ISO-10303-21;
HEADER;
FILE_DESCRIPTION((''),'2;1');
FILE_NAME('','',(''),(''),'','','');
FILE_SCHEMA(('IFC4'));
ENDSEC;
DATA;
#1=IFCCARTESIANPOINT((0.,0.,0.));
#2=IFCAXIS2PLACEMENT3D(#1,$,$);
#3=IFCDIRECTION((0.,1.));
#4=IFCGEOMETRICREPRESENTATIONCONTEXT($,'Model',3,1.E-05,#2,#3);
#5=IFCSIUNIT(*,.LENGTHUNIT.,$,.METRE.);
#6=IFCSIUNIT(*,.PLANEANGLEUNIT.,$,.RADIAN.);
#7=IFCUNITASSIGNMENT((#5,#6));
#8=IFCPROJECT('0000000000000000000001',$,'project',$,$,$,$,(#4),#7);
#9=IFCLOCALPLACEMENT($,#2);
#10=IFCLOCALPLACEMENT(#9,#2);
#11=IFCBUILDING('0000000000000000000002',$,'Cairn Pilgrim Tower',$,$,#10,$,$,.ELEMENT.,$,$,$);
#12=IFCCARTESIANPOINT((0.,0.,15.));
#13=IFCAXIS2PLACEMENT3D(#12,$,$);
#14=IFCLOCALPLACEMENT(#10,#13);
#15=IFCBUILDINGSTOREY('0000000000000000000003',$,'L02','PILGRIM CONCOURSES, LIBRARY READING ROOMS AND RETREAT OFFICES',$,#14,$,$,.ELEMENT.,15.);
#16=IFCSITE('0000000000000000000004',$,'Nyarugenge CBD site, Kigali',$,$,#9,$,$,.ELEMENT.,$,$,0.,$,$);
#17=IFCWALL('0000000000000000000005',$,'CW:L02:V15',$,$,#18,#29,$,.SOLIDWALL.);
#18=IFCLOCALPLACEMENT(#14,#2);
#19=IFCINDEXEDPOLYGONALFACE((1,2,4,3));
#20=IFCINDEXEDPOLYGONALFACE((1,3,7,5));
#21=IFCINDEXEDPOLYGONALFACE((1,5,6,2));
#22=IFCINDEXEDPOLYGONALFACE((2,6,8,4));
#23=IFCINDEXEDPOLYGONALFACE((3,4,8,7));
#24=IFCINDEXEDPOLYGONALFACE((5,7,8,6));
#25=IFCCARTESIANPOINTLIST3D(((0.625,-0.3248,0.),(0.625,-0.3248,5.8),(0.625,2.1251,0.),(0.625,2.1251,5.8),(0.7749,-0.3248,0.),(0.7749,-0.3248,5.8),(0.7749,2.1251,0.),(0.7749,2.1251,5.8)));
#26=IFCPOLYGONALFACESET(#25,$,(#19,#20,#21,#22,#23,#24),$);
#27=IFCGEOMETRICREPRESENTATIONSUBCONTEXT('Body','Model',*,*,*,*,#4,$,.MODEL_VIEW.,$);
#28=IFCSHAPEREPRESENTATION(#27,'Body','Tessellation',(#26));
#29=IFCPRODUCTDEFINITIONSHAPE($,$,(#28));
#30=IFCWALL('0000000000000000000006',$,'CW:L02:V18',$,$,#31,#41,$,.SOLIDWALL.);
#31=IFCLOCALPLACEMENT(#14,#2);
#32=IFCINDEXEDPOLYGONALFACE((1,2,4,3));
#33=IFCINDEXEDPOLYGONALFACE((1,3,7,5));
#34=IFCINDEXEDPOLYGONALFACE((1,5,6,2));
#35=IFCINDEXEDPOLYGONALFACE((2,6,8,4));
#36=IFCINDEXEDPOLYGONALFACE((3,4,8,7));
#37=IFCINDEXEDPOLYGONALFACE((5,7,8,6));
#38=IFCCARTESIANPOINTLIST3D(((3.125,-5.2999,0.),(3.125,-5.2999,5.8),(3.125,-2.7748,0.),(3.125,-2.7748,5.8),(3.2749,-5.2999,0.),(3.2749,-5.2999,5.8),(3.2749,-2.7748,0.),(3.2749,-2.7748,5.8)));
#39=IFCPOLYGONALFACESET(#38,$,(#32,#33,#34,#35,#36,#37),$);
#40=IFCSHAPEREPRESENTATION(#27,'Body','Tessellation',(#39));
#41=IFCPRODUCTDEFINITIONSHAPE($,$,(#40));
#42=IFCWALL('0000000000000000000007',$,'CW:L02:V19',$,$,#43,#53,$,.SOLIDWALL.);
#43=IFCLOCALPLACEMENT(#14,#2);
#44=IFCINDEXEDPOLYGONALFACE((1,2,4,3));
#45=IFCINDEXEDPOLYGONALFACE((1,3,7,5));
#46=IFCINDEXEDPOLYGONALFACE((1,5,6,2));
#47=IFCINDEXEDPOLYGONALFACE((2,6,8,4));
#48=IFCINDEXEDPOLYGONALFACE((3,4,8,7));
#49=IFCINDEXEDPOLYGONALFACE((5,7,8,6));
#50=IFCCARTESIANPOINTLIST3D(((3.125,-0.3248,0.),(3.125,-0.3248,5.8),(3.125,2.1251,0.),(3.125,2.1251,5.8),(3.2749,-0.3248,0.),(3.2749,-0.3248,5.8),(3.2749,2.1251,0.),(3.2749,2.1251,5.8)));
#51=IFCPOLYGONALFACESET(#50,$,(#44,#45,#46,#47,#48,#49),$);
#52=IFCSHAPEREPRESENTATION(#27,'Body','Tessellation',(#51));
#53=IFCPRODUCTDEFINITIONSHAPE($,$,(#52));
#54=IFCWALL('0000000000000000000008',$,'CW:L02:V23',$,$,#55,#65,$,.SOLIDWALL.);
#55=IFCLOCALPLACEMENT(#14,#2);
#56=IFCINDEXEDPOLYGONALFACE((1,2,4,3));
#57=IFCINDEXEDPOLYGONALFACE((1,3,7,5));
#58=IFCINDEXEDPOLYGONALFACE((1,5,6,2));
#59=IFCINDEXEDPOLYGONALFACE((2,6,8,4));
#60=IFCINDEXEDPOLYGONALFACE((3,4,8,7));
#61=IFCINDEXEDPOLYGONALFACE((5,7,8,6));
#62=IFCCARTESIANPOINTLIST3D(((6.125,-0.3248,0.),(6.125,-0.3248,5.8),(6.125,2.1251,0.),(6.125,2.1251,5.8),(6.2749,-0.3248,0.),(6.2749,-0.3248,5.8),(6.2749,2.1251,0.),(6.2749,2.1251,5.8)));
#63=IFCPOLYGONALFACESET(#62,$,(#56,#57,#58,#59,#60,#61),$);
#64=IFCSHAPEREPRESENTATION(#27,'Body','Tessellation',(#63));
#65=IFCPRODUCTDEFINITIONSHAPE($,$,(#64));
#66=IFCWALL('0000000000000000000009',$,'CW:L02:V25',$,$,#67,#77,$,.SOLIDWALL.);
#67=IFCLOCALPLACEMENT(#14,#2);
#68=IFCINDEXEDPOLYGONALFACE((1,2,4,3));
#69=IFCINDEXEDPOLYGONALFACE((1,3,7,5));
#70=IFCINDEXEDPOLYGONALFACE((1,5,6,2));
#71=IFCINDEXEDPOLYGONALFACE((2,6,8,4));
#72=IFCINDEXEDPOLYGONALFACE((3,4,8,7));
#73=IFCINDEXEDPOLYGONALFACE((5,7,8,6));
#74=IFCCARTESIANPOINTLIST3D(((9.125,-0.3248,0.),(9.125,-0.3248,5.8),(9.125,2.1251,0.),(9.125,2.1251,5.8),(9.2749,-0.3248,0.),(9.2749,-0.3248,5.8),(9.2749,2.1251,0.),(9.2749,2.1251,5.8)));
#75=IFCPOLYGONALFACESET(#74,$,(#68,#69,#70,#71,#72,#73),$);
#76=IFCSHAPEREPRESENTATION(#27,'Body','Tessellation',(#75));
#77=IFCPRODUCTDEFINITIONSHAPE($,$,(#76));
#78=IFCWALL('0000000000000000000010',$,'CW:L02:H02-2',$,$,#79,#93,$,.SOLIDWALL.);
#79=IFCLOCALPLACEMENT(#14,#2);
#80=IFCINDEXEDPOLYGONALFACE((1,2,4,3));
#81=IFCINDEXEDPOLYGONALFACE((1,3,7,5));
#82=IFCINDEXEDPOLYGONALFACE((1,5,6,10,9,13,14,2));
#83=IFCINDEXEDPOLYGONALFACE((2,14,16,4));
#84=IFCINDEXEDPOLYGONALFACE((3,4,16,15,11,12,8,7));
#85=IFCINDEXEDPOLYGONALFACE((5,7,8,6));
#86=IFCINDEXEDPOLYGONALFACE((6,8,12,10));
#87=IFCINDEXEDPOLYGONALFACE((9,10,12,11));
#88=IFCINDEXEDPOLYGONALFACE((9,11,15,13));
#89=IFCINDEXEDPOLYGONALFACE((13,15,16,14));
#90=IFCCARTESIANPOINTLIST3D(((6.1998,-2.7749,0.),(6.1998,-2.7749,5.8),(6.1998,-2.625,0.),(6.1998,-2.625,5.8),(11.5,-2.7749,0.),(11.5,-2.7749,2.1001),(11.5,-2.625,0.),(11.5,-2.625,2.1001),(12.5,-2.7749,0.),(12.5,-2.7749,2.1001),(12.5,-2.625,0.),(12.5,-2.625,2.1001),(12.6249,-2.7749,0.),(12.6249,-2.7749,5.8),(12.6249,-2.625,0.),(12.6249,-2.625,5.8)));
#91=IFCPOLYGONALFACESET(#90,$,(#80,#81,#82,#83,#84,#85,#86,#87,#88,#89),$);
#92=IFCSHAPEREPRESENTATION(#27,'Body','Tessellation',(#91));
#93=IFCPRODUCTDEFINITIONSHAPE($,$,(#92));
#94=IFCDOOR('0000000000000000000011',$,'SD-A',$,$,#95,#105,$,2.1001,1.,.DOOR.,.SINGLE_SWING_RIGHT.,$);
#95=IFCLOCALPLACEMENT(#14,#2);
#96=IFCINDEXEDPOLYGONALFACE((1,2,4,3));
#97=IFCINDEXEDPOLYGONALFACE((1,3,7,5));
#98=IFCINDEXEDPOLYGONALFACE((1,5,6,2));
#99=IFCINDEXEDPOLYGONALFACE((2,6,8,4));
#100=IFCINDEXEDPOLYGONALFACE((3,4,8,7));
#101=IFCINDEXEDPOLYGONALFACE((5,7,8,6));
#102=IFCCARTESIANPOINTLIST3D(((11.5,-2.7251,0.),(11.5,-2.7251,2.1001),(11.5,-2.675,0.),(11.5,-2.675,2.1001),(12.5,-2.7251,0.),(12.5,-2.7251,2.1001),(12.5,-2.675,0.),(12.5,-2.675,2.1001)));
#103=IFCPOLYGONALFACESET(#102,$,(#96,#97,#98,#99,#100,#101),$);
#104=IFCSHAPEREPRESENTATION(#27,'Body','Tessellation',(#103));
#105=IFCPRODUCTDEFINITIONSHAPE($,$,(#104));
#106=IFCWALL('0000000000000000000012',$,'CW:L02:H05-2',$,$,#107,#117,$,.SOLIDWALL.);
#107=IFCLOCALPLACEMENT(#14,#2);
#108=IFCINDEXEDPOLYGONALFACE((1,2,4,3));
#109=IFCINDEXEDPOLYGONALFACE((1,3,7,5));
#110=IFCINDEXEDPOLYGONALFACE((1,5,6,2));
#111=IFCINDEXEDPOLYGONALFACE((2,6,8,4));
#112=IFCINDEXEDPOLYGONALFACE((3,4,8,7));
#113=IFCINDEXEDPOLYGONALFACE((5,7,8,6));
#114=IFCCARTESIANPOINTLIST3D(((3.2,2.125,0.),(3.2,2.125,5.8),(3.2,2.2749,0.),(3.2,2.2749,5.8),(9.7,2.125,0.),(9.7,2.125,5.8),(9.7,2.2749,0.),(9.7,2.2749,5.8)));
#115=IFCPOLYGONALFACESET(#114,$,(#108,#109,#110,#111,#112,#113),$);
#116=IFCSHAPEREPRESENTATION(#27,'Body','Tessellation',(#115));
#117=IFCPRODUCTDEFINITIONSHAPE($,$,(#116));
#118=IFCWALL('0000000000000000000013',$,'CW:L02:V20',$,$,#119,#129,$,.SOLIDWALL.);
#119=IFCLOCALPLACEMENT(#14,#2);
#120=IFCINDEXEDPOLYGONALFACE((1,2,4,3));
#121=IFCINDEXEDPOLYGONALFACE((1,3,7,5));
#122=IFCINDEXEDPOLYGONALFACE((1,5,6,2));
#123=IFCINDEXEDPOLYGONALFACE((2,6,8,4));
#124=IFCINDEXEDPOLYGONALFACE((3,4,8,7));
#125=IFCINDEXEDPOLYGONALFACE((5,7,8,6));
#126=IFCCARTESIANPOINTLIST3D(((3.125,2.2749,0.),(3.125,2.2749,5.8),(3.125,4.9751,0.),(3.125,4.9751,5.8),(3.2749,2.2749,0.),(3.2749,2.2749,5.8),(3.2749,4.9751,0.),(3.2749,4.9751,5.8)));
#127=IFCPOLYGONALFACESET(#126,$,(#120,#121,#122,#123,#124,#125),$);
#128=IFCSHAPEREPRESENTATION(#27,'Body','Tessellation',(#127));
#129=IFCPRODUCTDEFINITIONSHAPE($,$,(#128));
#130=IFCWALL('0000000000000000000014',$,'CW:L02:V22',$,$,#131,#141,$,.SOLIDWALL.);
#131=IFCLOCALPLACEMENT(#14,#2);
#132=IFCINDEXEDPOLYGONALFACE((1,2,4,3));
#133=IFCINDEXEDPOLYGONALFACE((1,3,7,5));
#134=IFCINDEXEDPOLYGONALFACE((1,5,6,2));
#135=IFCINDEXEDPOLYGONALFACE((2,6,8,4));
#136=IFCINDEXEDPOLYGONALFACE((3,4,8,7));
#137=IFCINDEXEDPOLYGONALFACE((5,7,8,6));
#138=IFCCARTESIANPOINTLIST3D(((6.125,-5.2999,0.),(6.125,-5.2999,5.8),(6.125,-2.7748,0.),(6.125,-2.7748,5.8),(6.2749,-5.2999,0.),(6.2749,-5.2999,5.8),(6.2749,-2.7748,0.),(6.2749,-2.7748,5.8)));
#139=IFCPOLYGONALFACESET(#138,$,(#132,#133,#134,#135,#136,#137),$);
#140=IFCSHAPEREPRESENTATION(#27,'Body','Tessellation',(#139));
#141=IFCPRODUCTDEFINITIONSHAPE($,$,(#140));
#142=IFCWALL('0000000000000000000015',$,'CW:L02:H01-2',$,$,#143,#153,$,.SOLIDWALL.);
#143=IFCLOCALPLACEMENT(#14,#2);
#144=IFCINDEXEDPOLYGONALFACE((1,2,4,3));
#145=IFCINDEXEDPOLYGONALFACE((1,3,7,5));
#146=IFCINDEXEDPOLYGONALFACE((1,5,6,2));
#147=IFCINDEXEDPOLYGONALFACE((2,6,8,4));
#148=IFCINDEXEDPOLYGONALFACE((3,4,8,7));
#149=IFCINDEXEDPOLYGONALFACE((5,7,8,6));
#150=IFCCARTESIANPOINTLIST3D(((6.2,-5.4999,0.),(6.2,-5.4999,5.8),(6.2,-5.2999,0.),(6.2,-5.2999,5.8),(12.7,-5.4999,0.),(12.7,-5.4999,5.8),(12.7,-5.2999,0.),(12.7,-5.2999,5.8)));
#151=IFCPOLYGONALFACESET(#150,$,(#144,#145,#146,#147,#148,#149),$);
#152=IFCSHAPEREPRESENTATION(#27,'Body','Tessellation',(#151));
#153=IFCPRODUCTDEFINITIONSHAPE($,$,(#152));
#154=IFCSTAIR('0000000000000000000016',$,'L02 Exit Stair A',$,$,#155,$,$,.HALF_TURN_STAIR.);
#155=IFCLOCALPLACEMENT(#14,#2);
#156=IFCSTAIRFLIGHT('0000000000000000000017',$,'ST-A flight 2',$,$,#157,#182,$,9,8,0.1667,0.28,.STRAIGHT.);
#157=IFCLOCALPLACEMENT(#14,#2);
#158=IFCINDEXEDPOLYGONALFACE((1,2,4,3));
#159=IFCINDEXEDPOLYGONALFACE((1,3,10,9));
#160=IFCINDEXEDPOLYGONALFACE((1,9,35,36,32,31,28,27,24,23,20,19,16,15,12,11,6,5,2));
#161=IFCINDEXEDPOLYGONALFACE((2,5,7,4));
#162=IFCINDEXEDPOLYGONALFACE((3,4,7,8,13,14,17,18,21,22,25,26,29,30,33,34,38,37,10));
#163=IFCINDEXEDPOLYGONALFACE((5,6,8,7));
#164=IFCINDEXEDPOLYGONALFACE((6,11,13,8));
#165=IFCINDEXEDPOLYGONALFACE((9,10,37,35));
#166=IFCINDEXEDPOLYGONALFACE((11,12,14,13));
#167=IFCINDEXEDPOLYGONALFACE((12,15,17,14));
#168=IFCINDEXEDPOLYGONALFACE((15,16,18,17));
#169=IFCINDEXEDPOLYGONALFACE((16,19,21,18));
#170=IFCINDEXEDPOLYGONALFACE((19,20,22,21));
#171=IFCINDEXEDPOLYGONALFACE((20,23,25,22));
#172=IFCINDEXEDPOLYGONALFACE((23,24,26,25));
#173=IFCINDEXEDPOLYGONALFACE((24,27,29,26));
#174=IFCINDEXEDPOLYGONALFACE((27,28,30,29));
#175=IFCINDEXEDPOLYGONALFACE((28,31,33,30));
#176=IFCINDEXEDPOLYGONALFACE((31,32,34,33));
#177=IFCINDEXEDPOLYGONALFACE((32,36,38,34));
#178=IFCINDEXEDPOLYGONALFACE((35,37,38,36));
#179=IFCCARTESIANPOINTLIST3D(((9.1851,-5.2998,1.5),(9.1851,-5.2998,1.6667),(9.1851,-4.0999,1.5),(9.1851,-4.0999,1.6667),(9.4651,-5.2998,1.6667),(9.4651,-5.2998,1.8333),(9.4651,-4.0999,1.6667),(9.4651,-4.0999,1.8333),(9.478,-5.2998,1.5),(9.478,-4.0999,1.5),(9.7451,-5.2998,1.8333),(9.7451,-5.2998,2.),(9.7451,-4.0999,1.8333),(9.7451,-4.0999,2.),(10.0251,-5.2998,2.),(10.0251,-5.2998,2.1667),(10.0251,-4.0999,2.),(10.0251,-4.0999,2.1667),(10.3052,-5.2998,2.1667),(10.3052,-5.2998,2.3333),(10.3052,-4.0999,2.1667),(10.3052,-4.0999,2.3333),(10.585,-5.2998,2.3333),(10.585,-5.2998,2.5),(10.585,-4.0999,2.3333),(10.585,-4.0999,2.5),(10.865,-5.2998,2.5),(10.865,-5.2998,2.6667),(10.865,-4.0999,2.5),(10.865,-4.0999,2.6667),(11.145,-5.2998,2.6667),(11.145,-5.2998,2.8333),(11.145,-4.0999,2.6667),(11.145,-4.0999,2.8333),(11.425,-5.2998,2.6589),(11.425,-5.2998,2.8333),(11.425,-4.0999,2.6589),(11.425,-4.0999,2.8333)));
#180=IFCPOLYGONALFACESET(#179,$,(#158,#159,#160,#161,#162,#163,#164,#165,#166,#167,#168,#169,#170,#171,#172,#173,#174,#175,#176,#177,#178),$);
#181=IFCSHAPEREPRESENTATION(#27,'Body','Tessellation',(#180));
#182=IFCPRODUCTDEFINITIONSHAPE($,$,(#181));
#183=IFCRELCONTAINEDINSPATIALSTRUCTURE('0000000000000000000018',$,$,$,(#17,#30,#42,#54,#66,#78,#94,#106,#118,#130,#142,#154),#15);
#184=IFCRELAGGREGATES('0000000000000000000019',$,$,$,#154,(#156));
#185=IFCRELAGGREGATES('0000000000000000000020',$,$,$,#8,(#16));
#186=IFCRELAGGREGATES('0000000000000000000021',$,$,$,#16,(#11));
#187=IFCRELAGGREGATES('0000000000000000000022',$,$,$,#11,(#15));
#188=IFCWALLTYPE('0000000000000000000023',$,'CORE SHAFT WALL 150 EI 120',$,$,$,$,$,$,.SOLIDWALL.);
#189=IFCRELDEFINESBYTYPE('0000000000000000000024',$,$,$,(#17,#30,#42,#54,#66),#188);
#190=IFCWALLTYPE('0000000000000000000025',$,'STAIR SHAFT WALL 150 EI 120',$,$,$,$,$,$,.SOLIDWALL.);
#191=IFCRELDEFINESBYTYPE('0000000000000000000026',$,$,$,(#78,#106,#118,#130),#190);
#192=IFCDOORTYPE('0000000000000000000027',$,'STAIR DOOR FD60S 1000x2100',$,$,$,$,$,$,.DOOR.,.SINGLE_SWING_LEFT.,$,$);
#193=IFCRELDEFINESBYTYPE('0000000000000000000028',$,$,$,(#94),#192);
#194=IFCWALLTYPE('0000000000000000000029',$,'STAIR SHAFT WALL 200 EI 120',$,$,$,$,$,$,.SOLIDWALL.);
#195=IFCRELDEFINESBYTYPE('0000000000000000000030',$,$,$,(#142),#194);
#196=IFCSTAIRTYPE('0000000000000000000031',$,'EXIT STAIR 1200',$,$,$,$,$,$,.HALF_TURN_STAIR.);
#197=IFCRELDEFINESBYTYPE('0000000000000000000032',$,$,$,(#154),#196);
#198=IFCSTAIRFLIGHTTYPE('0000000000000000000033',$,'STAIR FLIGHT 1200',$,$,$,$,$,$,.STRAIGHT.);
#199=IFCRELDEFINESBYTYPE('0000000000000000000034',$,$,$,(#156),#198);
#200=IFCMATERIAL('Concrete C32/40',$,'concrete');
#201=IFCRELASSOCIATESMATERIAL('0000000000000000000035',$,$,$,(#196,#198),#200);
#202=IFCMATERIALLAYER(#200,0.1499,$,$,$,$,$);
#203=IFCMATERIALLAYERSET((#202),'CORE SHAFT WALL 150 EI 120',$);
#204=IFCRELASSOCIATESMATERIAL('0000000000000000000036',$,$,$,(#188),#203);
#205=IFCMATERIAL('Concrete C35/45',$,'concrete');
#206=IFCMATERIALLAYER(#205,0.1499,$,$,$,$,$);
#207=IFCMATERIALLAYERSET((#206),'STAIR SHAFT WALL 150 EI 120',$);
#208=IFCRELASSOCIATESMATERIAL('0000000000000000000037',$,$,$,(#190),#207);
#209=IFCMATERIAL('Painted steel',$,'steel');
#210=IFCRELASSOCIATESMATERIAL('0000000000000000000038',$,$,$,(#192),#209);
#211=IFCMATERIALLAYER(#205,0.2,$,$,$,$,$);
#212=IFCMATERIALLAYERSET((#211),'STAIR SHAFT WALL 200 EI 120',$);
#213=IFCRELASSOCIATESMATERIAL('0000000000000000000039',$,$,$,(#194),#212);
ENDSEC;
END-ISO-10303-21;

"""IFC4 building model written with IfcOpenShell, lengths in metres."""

from ifc_helpers import new_model, si_unit, direction, frame, frame_2d, origin, place, context, subcontext, project, spatial, polyline, rectangle, outline, extrude, material, layer, layer_set, type_object, element, fill, aggregate, save


model = new_model("IFC4")

# Units and contexts
model_context = context("Model", 3, precision=1e-05, world=origin(), true_north=direction((0.0, 1.0)))
body_context = subcontext(model_context, "Body", "Model", "MODEL_VIEW")
ifc_project = project(units=[si_unit("LENGTHUNIT", "METRE"), si_unit("PLANEANGLEUNIT", "RADIAN")], contexts=[model_context])

# Site, building, storey
site_placement = place(None, origin())
site = spatial("IfcSite", under=ifc_project, at=site_placement, Name="Nyarugenge CBD site, Kigali", CompositionType="ELEMENT", RefElevation=0.0)
building_placement = place(site_placement, origin())
building = spatial("IfcBuilding", under=site, at=building_placement, Name="Cairn Pilgrim Tower", CompositionType="ELEMENT")
storey_placement = place(building_placement, frame((0.0, 0.0, 15.0)))
storey = spatial("IfcBuildingStorey", under=building, at=storey_placement, Name="L02", Description="PILGRIM CONCOURSES, LIBRARY READING ROOMS AND RETREAT OFFICES", CompositionType="ELEMENT", Elevation=15.0)

# Shared definitions
ifc_material_1 = material(Name="Concrete C32/40", Category="concrete")
stair_type = type_object("IfcStairType", Name="EXIT STAIR 1200", PredefinedType="HALF_TURN_STAIR", material=ifc_material_1)

# Walls
ifc_layer_1 = layer(ifc_material_1, 0.1499)
ifc_layer_set_1 = layer_set([ifc_layer_1], Name="CORE SHAFT WALL 150 EI 120")
wall_type_1 = type_object("IfcWallType", Name="CORE SHAFT WALL 150 EI 120", PredefinedType="SOLIDWALL", material=ifc_layer_set_1)
wall_1_placement = place(storey_placement, frame((0.7, -0.325, 0.0), z_axis=(0.0, 0.0, 1.0), x_axis=(0.0, 1.0, 0.0)))
element("IfcWall", 1, at=wall_1_placement, inside=storey, type_object=wall_type_1, Name="CW:L02:V15", PredefinedType="SOLIDWALL", context=body_context, shape_type="SweptSolid", body=[
    extrude(rectangle(XDim=2.45, YDim=0.1499, at=frame_2d((1.2251, 0.0))), origin(), (0.0, 0.0, 1.0), 5.8),
])
wall_2_placement = place(storey_placement, frame((3.2, -5.3, 0.0), z_axis=(0.0, 0.0, 1.0), x_axis=(0.0, 1.0, 0.0)))
element("IfcWall", 2, at=wall_2_placement, inside=storey, type_object=wall_type_1, Name="CW:L02:V18", PredefinedType="SOLIDWALL", context=body_context, shape_type="SweptSolid", body=[
    extrude(rectangle(XDim=2.5251, YDim=0.1499, at=frame_2d((1.2627, 0.0))), origin(), (0.0, 0.0, 1.0), 5.8),
])
for number, where, z_axis, x_axis, name in (
    (3, (3.2, -0.325, 0.0), (0.0, 0.0, 1.0), (0.0, 1.0, 0.0), "CW:L02:V19"),
    (4, (6.2, -0.325, 0.0), (0.0, 0.0, 1.0), (0.0, 1.0, 0.0), "CW:L02:V23"),
    (5, (9.2, -0.325, 0.0), (0.0, 0.0, 1.0), (0.0, 1.0, 0.0), "CW:L02:V25"),
):
    element("IfcWall", number, at=place(storey_placement, frame(where, z_axis=z_axis, x_axis=x_axis)), inside=storey, type_object=wall_type_1, Name=name, PredefinedType="SOLIDWALL", context=body_context, shape_type="SweptSolid", body=[
        extrude(rectangle(XDim=2.45, YDim=0.1499, at=frame_2d((1.2251, 0.0))), origin(), (0.0, 0.0, 1.0), 5.8),
    ])

# Wall, opening, door
ifc_material_2 = material(Name="Concrete C35/45", Category="concrete")
ifc_layer_2 = layer(ifc_material_2, 0.1499)
ifc_layer_set_2 = layer_set([ifc_layer_2], Name="STAIR SHAFT WALL 150 EI 120")
wall_type_2 = type_object("IfcWallType", Name="STAIR SHAFT WALL 150 EI 120", PredefinedType="SOLIDWALL", material=ifc_layer_set_2)
wall_3_placement = place(storey_placement, frame((6.2, -2.7, 0.0), z_axis=(0.0, 0.0, 1.0), x_axis=(1.0, 0.0, 0.0)))
wall_3 = element("IfcWall", 6, at=wall_3_placement, inside=storey, type_object=wall_type_2, Name="CW:L02:H02-2", PredefinedType="SOLIDWALL", context=body_context, shape_type="SweptSolid", body=[
    extrude(rectangle(XDim=6.425, YDim=0.1499, at=frame_2d((3.2124, 0.0))), origin(), (0.0, 0.0, 1.0), 5.8),
])
opening_placement = place(wall_3_placement, frame((5.3, 0.0, 0.0)))
opening = element("IfcOpeningElement", 7, at=opening_placement, cuts=wall_3, PredefinedType="OPENING", context=body_context, shape_type="SweptSolid", body=[
    extrude(rectangle(XDim=1.0, YDim=2.1001, at=frame_2d((0.5, 1.05))), frame((0.0, 0.085, 0.0), z_axis=(0.0, -1.0, 0.0), x_axis=(1.0, 0.0, 0.0)), (0.0, 0.0, 1.0), 0.1699),
])
ifc_material_3 = material(Name="Painted steel", Category="steel")
door_type = type_object("IfcDoorType", Name="STAIR DOOR FD60S 1000x2100", OperationType="SINGLE_SWING_LEFT", PredefinedType="DOOR", material=ifc_material_3)
door_placement = place(opening_placement, origin())
door = element("IfcDoor", 8, at=door_placement, inside=storey, type_object=door_type, Name="SD-A", OperationType="SINGLE_SWING_RIGHT", OverallHeight=2.1001, OverallWidth=1.0, PredefinedType="DOOR", context=body_context, shape_type="SweptSolid", body=[
    extrude(rectangle(XDim=1.0, YDim=2.1001, at=frame_2d((0.5, 1.05))), frame((0.0, 0.0249, 0.0), z_axis=(0.0, -1.0, 0.0), x_axis=(1.0, 0.0, 0.0)), (0.0, 0.0, 1.0), 0.05),
])
fill(opening, door)

# Walls
wall_4_placement = place(storey_placement, frame((3.2, 2.2, 0.0), z_axis=(0.0, 0.0, 1.0), x_axis=(1.0, 0.0, 0.0)))
element("IfcWall", 9, at=wall_4_placement, inside=storey, type_object=wall_type_2, Name="CW:L02:H05-2", PredefinedType="SOLIDWALL", context=body_context, shape_type="SweptSolid", body=[
    extrude(rectangle(XDim=6.5, YDim=0.1499, at=frame_2d((3.25, 0.0))), origin(), (0.0, 0.0, 1.0), 5.8),
])
wall_5_placement = place(storey_placement, frame((3.2, 2.2749, 0.0), z_axis=(0.0, 0.0, 1.0), x_axis=(0.0, 1.0, 0.0)))
element("IfcWall", 10, at=wall_5_placement, inside=storey, type_object=wall_type_2, Name="CW:L02:V20", PredefinedType="SOLIDWALL", context=body_context, shape_type="SweptSolid", body=[
    extrude(rectangle(XDim=2.7002, YDim=0.1499, at=frame_2d((1.3501, 0.0))), origin(), (0.0, 0.0, 1.0), 5.8),
])
wall_6_placement = place(storey_placement, frame((6.2, -5.3, 0.0), z_axis=(0.0, 0.0, 1.0), x_axis=(0.0, 1.0, 0.0)))
element("IfcWall", 11, at=wall_6_placement, inside=storey, type_object=wall_type_2, Name="CW:L02:V22", PredefinedType="SOLIDWALL", context=body_context, shape_type="SweptSolid", body=[
    extrude(rectangle(XDim=2.5251, YDim=0.1499, at=frame_2d((1.2627, 0.0))), origin(), (0.0, 0.0, 1.0), 5.8),
])
ifc_layer_3 = layer(ifc_material_2, 0.2)
ifc_layer_set_3 = layer_set([ifc_layer_3], Name="STAIR SHAFT WALL 200 EI 120")
wall_type_3 = type_object("IfcWallType", Name="STAIR SHAFT WALL 200 EI 120", PredefinedType="SOLIDWALL", material=ifc_layer_set_3)
wall_7_placement = place(storey_placement, frame((6.2, -5.3999, 0.0), z_axis=(0.0, 0.0, 1.0), x_axis=(1.0, 0.0, 0.0)))
element("IfcWall", 12, at=wall_7_placement, inside=storey, type_object=wall_type_3, Name="CW:L02:H01-2", PredefinedType="SOLIDWALL", context=body_context, shape_type="SweptSolid", body=[
    extrude(rectangle(XDim=6.5, YDim=0.2, at=frame_2d((3.25, 0.0))), origin(), (0.0, 0.0, 1.0), 5.8),
])

# Stair, stair flight
stair_1_placement = place(storey_placement, origin())
stair_1 = element("IfcStair", 13, at=stair_1_placement, inside=storey, type_object=stair_type, Name="L02 Exit Stair A", PredefinedType="HALF_TURN_STAIR")
stair_flight_type = type_object("IfcStairFlightType", Name="STAIR FLIGHT 1200", PredefinedType="STRAIGHT", material=ifc_material_1)
stair_flight_1_placement = place(storey_placement, frame((9.1851, -4.7, 1.5), z_axis=(0.0, 0.0, 1.0), x_axis=(1.0, 0.0, 0.0)))
stair_flight_1 = element("IfcStairFlight", 14, at=stair_flight_1_placement, type_object=stair_flight_type, Name="ST-A flight 2", NumberOfRisers=9, NumberOfTreads=8, PredefinedType="STRAIGHT", RiserHeight=0.1667, TreadLength=0.28, context=body_context, shape_type="SweptSolid", body=[
    extrude(outline(polyline([(0.0, 0.0), (0.0, 0.1667), (0.28, 0.1667), (0.28, 0.3333), (0.5601, 0.3333), (0.5601, 0.5), (0.8401, 0.5), (0.8401, 0.6667), (1.1201, 0.6667), (1.1201, 0.8333), (1.3999, 0.8333), (1.3999, 1.0), (1.6799, 1.0), (1.6799, 1.1667), (1.96, 1.1667), (1.96, 1.3333), (2.24, 1.3333), (2.24, 1.5), (2.24, 1.1589), (0.293, 0.0), (0.0, 0.0)])), frame((0.0, 0.6001, 0.0), z_axis=(0.0, -1.0, 0.0), x_axis=(1.0, 0.0, 0.0)), (0.0, 0.0, 1.0), 1.2),
])
aggregate(stair_1, [stair_flight_1])

save(model, "model.ifc")
